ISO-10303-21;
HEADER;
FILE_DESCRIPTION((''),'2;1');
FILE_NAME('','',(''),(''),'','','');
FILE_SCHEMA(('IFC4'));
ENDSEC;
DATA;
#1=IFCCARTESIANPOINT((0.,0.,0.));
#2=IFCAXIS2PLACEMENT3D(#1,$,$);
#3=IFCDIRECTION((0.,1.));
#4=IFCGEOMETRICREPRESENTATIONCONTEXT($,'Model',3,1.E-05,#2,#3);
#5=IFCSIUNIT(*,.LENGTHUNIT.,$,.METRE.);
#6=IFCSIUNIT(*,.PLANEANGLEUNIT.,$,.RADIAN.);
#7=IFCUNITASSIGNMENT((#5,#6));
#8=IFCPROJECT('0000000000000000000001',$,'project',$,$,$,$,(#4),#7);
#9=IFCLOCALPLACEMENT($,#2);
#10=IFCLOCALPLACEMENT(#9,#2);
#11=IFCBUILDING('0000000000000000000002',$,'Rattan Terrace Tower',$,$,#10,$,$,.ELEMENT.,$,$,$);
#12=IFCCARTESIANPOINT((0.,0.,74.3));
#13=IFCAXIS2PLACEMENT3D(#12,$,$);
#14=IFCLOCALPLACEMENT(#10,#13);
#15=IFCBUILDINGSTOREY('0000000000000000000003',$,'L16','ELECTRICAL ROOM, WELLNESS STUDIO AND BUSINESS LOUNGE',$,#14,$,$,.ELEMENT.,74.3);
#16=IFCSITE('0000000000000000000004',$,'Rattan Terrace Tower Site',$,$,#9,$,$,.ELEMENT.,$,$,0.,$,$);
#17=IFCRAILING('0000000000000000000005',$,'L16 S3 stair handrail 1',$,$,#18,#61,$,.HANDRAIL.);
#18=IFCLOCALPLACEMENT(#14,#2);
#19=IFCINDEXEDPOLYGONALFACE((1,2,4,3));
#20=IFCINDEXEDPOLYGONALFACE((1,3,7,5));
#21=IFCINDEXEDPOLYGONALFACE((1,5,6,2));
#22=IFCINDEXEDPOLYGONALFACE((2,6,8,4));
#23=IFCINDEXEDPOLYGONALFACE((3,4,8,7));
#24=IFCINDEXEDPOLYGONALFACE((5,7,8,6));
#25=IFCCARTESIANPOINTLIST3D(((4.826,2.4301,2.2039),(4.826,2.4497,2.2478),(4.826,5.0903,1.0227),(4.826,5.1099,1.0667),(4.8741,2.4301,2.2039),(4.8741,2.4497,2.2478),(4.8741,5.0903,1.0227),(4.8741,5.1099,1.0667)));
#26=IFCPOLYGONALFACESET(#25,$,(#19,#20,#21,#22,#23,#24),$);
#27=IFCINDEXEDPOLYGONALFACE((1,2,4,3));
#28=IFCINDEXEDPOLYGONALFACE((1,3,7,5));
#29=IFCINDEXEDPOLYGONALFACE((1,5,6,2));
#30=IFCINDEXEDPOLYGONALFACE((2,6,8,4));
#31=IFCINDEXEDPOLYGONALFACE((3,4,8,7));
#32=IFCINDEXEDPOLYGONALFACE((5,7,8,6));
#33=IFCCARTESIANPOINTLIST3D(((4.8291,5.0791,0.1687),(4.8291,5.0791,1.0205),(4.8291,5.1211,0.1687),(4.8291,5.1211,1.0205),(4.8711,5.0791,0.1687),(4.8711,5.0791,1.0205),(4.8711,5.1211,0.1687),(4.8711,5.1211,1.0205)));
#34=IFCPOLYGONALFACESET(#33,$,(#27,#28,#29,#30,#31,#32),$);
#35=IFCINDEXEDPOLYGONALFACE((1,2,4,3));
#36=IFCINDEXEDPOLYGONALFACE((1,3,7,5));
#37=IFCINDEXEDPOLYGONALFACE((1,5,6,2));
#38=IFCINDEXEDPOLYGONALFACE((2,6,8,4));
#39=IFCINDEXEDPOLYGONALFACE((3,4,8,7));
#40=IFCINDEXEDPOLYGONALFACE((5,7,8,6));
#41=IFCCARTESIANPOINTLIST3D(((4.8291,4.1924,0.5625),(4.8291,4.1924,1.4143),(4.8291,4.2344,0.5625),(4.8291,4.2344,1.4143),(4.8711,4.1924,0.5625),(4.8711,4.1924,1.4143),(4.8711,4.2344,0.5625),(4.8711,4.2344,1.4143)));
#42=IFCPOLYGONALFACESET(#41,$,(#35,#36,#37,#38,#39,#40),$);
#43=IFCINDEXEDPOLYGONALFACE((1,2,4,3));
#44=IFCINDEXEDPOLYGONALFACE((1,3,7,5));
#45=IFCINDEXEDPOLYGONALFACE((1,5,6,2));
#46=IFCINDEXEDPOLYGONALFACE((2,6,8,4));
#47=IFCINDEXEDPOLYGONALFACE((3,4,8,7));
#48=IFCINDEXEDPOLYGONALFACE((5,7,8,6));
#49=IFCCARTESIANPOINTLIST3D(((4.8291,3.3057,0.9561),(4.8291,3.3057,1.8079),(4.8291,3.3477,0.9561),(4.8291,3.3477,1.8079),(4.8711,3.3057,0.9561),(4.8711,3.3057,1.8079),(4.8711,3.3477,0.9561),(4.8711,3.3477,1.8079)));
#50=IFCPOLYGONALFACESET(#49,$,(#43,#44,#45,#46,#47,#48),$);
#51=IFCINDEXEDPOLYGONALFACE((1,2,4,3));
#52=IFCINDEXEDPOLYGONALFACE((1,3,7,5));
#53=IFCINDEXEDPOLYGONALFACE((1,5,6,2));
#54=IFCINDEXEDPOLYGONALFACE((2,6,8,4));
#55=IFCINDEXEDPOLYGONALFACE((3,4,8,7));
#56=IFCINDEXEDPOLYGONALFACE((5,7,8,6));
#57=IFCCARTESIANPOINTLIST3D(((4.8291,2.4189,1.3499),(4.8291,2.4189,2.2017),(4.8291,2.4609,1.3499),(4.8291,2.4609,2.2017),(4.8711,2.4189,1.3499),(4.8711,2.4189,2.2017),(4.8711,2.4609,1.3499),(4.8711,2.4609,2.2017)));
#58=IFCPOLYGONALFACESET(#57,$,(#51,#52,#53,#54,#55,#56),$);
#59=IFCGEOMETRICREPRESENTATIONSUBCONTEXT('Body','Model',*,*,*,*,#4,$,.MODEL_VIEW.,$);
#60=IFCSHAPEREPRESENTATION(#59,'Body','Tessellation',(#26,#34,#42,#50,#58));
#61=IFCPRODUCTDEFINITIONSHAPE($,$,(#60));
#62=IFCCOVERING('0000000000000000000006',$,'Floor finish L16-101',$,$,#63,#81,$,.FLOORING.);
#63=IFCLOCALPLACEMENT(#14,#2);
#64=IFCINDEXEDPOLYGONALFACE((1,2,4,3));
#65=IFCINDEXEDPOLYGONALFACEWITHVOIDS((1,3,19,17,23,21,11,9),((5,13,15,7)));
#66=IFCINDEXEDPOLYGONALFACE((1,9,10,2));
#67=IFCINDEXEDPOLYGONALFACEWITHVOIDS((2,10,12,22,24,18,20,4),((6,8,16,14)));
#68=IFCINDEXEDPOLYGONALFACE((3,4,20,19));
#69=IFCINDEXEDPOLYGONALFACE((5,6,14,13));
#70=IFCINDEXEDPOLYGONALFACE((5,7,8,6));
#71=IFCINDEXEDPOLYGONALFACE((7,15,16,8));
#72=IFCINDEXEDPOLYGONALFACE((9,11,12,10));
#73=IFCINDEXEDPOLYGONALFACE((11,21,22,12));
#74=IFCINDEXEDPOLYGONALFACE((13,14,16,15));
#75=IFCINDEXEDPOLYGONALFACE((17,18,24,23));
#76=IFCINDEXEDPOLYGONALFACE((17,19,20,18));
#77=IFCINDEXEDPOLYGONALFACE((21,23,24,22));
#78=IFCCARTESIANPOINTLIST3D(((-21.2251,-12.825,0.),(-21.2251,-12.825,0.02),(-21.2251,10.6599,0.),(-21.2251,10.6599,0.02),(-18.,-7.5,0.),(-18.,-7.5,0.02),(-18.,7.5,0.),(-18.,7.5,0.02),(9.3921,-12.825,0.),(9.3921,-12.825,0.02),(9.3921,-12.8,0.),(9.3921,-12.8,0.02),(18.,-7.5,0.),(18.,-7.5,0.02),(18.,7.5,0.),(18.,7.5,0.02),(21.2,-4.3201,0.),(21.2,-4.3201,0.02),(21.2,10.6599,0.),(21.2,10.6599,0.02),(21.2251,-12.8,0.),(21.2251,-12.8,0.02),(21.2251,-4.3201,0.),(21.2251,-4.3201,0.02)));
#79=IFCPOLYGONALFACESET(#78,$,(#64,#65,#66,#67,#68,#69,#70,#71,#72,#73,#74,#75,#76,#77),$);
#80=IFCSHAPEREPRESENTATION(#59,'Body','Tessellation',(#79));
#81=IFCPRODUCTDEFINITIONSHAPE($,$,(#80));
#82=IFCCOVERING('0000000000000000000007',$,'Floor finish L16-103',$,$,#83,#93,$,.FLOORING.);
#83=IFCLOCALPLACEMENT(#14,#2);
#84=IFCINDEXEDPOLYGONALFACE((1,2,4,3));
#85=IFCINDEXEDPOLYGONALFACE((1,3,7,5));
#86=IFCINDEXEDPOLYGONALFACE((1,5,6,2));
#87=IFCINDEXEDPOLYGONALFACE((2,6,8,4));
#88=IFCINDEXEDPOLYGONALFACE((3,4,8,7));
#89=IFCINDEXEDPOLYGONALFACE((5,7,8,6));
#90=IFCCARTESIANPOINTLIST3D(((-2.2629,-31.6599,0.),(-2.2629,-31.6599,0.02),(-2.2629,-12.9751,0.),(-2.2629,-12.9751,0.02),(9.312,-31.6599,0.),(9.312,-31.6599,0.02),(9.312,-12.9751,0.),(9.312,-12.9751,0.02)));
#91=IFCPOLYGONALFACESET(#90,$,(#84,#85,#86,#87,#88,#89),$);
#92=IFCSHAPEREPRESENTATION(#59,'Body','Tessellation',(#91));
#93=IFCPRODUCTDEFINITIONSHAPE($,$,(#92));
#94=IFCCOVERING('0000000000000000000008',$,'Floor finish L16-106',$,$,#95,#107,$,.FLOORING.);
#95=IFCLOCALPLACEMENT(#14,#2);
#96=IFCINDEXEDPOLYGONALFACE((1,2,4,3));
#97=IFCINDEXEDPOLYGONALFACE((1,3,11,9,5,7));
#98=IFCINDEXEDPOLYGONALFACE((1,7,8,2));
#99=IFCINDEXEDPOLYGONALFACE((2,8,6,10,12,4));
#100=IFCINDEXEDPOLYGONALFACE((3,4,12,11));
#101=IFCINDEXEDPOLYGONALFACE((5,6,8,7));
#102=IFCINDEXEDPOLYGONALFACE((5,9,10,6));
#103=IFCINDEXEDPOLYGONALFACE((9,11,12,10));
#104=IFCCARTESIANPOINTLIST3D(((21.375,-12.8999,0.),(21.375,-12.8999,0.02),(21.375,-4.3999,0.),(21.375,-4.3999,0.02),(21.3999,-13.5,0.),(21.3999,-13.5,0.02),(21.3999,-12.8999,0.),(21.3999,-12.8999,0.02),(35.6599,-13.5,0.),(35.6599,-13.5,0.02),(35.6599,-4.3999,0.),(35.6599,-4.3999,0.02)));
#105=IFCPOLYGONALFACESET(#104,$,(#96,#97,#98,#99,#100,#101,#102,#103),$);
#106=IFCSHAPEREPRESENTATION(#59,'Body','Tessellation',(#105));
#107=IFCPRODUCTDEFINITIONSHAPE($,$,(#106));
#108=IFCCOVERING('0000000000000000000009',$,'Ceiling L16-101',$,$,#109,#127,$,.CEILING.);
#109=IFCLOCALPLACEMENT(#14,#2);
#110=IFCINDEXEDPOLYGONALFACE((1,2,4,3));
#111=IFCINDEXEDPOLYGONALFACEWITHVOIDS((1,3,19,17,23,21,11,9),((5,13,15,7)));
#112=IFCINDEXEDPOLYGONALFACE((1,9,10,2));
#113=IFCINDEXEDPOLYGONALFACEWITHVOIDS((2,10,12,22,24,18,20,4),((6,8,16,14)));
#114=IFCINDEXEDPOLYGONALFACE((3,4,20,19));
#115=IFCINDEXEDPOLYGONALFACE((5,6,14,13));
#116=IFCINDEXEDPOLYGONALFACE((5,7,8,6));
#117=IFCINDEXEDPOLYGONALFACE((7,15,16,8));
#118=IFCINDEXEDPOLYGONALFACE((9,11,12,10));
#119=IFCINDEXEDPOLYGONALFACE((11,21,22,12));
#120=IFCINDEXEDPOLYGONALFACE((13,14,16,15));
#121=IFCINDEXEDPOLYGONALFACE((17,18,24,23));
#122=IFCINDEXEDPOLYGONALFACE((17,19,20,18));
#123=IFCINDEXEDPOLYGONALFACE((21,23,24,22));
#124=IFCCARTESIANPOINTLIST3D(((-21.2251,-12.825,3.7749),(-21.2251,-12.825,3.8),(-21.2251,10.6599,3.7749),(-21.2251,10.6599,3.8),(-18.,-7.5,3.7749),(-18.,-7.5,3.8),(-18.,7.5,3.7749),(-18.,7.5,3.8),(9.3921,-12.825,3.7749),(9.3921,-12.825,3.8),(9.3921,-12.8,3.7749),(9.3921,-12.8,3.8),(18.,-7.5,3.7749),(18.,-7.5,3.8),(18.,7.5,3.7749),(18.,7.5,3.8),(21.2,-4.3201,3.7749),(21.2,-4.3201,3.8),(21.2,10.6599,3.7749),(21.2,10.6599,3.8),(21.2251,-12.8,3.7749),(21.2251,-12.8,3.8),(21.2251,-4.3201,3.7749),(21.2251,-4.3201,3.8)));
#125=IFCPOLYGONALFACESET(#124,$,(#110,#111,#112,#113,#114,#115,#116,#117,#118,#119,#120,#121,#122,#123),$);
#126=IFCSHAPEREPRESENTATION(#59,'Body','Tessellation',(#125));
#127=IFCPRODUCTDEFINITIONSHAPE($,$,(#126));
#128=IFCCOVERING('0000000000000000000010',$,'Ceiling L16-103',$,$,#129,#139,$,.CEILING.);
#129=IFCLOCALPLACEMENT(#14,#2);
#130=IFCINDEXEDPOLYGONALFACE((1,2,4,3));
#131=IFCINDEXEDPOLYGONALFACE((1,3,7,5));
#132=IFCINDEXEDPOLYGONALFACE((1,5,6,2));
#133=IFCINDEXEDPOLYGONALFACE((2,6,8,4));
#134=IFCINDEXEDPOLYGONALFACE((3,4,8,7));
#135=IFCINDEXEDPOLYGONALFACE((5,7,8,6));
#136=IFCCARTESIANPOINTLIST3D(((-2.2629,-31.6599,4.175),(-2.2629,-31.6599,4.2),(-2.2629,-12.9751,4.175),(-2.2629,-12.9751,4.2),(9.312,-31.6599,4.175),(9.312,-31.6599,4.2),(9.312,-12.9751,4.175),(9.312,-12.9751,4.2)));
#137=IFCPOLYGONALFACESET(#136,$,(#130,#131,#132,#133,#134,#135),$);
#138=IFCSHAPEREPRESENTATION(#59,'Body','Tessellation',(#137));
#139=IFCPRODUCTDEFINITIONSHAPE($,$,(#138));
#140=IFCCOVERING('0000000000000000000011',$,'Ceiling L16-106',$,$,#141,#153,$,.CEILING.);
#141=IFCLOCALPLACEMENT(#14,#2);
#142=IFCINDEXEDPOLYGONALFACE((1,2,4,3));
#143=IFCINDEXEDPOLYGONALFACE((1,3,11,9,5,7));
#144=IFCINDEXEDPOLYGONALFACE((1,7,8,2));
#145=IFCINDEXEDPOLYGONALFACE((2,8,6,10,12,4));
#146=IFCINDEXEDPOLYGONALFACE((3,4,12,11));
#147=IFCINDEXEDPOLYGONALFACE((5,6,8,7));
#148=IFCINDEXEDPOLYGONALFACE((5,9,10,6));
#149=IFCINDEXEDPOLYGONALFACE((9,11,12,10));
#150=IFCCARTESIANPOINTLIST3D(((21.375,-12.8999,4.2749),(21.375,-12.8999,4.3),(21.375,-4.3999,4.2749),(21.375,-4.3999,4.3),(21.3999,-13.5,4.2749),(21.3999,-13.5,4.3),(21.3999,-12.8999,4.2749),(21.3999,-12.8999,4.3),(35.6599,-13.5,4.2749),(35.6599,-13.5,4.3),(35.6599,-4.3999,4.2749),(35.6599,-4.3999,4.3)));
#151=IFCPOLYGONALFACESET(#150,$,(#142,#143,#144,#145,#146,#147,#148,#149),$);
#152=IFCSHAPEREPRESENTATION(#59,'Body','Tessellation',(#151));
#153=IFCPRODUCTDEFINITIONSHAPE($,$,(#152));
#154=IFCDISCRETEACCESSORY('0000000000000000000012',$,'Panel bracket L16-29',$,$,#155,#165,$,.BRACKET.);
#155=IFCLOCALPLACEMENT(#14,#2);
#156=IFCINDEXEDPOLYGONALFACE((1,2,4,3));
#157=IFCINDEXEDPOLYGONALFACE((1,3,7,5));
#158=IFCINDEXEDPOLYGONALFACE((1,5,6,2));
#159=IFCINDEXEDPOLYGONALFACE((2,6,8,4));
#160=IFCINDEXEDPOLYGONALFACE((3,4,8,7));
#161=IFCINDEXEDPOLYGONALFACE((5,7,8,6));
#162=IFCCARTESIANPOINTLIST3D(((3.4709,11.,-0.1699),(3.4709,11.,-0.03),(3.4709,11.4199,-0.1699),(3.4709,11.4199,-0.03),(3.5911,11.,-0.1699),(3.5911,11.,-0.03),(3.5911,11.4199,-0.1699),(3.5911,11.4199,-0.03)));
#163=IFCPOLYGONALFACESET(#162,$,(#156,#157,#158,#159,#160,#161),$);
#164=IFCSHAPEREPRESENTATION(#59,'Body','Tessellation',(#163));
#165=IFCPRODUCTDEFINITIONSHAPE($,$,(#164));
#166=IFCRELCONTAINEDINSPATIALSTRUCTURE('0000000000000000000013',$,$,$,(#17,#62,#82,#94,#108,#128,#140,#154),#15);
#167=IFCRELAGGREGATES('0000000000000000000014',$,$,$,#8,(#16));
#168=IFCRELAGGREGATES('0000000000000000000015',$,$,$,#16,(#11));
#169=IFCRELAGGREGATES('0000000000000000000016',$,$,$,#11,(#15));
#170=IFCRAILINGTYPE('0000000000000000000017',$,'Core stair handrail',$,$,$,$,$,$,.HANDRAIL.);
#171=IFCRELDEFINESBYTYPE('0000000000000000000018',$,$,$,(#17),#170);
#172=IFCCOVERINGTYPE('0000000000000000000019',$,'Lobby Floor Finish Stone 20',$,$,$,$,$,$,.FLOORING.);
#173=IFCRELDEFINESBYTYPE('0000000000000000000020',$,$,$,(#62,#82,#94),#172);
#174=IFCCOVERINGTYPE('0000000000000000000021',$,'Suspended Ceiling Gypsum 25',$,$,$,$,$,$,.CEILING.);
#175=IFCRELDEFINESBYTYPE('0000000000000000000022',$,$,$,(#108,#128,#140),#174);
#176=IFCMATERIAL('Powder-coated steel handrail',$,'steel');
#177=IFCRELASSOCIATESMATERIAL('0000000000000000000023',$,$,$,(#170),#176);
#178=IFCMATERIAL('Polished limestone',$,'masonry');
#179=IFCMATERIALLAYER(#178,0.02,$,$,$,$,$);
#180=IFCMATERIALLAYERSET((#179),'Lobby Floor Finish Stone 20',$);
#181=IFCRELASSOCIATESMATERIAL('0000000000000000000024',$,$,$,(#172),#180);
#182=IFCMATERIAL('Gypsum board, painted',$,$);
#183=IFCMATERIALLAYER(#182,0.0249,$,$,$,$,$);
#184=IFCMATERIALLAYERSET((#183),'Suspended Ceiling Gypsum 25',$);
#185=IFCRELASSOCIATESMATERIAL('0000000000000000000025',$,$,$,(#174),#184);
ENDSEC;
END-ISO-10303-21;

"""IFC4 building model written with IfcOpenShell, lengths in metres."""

from ifc_helpers import new_model, si_unit, direction, frame, origin, origin_2d, place, context, subcontext, project, spatial, polyline, rectangle, outline, extrude, material, layer, layer_set, type_object, element, save


model = new_model("IFC4")

# Units and contexts
model_context = context("Model", 3, precision=1e-05, world=origin(), true_north=direction((0.0, 1.0)))
body_context = subcontext(model_context, "Body", "Model", "MODEL_VIEW")
ifc_project = project(units=[si_unit("LENGTHUNIT", "METRE"), si_unit("PLANEANGLEUNIT", "RADIAN")], contexts=[model_context])

# Site, building, storey
site_placement = place(None, origin())
site = spatial("IfcSite", under=ifc_project, at=site_placement, Name="Rattan Terrace Tower Site", CompositionType="ELEMENT", RefElevation=0.0)
building_placement = place(site_placement, origin())
building = spatial("IfcBuilding", under=site, at=building_placement, Name="Rattan Terrace Tower", CompositionType="ELEMENT")
storey_placement = place(building_placement, frame((0.0, 0.0, 74.3)))
storey = spatial("IfcBuildingStorey", under=building, at=storey_placement, Name="L16", Description="ELECTRICAL ROOM, WELLNESS STUDIO AND BUSINESS LOUNGE", CompositionType="ELEMENT", Elevation=74.3)

# Railing
ifc_material_1 = material(Name="Powder-coated steel handrail", Category="steel")
railing_type = type_object("IfcRailingType", Name="Core stair handrail", PredefinedType="HANDRAIL", material=ifc_material_1)
railing_placement = place(storey_placement, frame((4.8501, 5.1001, 0.1687)))
element("IfcRailing", 1, at=railing_placement, inside=storey, type_object=railing_type, Name="L16 S3 stair handrail 1", PredefinedType="HANDRAIL", context=body_context, shape_type="SweptSolid", body=[
    extrude(rectangle(XDim=0.0481, YDim=0.0481, at=origin_2d()), frame((0.0, 0.0, 0.876), z_axis=(0.0, -0.913957, 0.405812), x_axis=(1.0, 0.0, 0.0)), (0.0, 0.0, 1.0), 2.9106),
    extrude(rectangle(XDim=0.042, YDim=0.042, at=origin_2d()), origin(), (0.0, 0.0, 1.0), 0.8518),
    extrude(rectangle(XDim=0.042, YDim=0.042, at=origin_2d()), frame((0.0, -0.8867, 0.3938)), (0.0, 0.0, 1.0), 0.8518),
    extrude(rectangle(XDim=0.042, YDim=0.042, at=origin_2d()), frame((0.0, -1.7734, 0.7874)), (0.0, 0.0, 1.0), 0.8518),
    extrude(rectangle(XDim=0.042, YDim=0.042, at=origin_2d()), frame((0.0, -2.6602, 1.1812)), (0.0, 0.0, 1.0), 0.8518),
])

# Coverings
ifc_material_2 = material(Name="Polished limestone", Category="masonry")
ifc_layer_1 = layer(ifc_material_2, 0.02)
ifc_layer_set_1 = layer_set([ifc_layer_1], Name="Lobby Floor Finish Stone 20")
covering_type_1 = type_object("IfcCoveringType", Name="Lobby Floor Finish Stone 20", PredefinedType="FLOORING", material=ifc_layer_set_1)
covering_1_placement = place(storey_placement, origin())
element("IfcCovering", 2, at=covering_1_placement, inside=storey, type_object=covering_type_1, Name="Floor finish L16-101", PredefinedType="FLOORING", context=body_context, shape_type="SweptSolid", body=[
    extrude(outline(polyline([(21.2, -4.3201), (21.2, 10.6599), (-21.2251, 10.6599), (-21.2251, -12.825), (9.3921, -12.825), (9.3921, -12.8), (21.2251, -12.8), (21.2251, -4.3201), (21.2, -4.3201)]), holes=[polyline([(-18.0, -7.5), (18.0, -7.5), (18.0, 7.5), (-18.0, 7.5), (-18.0, -7.5)])]), origin(), (0.0, 0.0, 1.0), 0.02),
])
covering_2_placement = place(storey_placement, origin())
element("IfcCovering", 3, at=covering_2_placement, inside=storey, type_object=covering_type_1, Name="Floor finish L16-103", PredefinedType="FLOORING", context=body_context, shape_type="SweptSolid", body=[
    extrude(outline(polyline([(-2.2629, -12.9751), (-2.2629, -31.6599), (9.312, -31.6599), (9.312, -12.9751), (-2.2629, -12.9751)])), origin(), (0.0, 0.0, 1.0), 0.02),
])
covering_3_placement = place(storey_placement, origin())
element("IfcCovering", 4, at=covering_3_placement, inside=storey, type_object=covering_type_1, Name="Floor finish L16-106", PredefinedType="FLOORING", context=body_context, shape_type="SweptSolid", body=[
    extrude(outline(polyline([(21.3999, -13.5), (35.6599, -13.5), (35.6599, -4.3999), (21.375, -4.3999), (21.375, -12.8999), (21.3999, -12.8999), (21.3999, -13.5)])), origin(), (0.0, 0.0, 1.0), 0.02),
])
ifc_material_3 = material(Name="Gypsum board, painted")
ifc_layer_2 = layer(ifc_material_3, 0.0249)
ifc_layer_set_2 = layer_set([ifc_layer_2], Name="Suspended Ceiling Gypsum 25")
covering_type_2 = type_object("IfcCoveringType", Name="Suspended Ceiling Gypsum 25", PredefinedType="CEILING", material=ifc_layer_set_2)
covering_4_placement = place(storey_placement, frame((0.0, 0.0, 3.7749)))
element("IfcCovering", 5, at=covering_4_placement, inside=storey, type_object=covering_type_2, Name="Ceiling L16-101", PredefinedType="CEILING", context=body_context, shape_type="SweptSolid", body=[
    extrude(outline(polyline([(21.2, -4.3201), (21.2, 10.6599), (-21.2251, 10.6599), (-21.2251, -12.825), (9.3921, -12.825), (9.3921, -12.8), (21.2251, -12.8), (21.2251, -4.3201), (21.2, -4.3201)]), holes=[polyline([(-18.0, -7.5), (18.0, -7.5), (18.0, 7.5), (-18.0, 7.5), (-18.0, -7.5)])]), origin(), (0.0, 0.0, 1.0), 0.0251),
])
covering_5_placement = place(storey_placement, frame((0.0, 0.0, 4.175)))
element("IfcCovering", 6, at=covering_5_placement, inside=storey, type_object=covering_type_2, Name="Ceiling L16-103", PredefinedType="CEILING", context=body_context, shape_type="SweptSolid", body=[
    extrude(outline(polyline([(-2.2629, -12.9751), (-2.2629, -31.6599), (9.312, -31.6599), (9.312, -12.9751), (-2.2629, -12.9751)])), origin(), (0.0, 0.0, 1.0), 0.0249),
])
covering_6_placement = place(storey_placement, frame((0.0, 0.0, 4.2749)))
element("IfcCovering", 7, at=covering_6_placement, inside=storey, type_object=covering_type_2, Name="Ceiling L16-106", PredefinedType="CEILING", context=body_context, shape_type="SweptSolid", body=[
    extrude(outline(polyline([(21.3999, -13.5), (35.6599, -13.5), (35.6599, -4.3999), (21.375, -4.3999), (21.375, -12.8999), (21.3999, -12.8999), (21.3999, -13.5)])), origin(), (0.0, 0.0, 1.0), 0.0251),
])

# Discrete accessory
discrete_accessory_placement = place(storey_placement, frame((3.531, 11.21, -0.1699), z_axis=(0.0, 0.0, 1.0), x_axis=(-1.0, 0.0, 0.0)))
element("IfcDiscreteAccessory", 8, at=discrete_accessory_placement, inside=storey, Name="Panel bracket L16-29", PredefinedType="BRACKET", context=body_context, shape_type="SweptSolid", body=[
    extrude(rectangle(XDim=0.1201, YDim=0.4199, at=origin_2d()), origin(), (0.0, 0.0, 1.0), 0.1399),
])

save(model, "model.ifc")
